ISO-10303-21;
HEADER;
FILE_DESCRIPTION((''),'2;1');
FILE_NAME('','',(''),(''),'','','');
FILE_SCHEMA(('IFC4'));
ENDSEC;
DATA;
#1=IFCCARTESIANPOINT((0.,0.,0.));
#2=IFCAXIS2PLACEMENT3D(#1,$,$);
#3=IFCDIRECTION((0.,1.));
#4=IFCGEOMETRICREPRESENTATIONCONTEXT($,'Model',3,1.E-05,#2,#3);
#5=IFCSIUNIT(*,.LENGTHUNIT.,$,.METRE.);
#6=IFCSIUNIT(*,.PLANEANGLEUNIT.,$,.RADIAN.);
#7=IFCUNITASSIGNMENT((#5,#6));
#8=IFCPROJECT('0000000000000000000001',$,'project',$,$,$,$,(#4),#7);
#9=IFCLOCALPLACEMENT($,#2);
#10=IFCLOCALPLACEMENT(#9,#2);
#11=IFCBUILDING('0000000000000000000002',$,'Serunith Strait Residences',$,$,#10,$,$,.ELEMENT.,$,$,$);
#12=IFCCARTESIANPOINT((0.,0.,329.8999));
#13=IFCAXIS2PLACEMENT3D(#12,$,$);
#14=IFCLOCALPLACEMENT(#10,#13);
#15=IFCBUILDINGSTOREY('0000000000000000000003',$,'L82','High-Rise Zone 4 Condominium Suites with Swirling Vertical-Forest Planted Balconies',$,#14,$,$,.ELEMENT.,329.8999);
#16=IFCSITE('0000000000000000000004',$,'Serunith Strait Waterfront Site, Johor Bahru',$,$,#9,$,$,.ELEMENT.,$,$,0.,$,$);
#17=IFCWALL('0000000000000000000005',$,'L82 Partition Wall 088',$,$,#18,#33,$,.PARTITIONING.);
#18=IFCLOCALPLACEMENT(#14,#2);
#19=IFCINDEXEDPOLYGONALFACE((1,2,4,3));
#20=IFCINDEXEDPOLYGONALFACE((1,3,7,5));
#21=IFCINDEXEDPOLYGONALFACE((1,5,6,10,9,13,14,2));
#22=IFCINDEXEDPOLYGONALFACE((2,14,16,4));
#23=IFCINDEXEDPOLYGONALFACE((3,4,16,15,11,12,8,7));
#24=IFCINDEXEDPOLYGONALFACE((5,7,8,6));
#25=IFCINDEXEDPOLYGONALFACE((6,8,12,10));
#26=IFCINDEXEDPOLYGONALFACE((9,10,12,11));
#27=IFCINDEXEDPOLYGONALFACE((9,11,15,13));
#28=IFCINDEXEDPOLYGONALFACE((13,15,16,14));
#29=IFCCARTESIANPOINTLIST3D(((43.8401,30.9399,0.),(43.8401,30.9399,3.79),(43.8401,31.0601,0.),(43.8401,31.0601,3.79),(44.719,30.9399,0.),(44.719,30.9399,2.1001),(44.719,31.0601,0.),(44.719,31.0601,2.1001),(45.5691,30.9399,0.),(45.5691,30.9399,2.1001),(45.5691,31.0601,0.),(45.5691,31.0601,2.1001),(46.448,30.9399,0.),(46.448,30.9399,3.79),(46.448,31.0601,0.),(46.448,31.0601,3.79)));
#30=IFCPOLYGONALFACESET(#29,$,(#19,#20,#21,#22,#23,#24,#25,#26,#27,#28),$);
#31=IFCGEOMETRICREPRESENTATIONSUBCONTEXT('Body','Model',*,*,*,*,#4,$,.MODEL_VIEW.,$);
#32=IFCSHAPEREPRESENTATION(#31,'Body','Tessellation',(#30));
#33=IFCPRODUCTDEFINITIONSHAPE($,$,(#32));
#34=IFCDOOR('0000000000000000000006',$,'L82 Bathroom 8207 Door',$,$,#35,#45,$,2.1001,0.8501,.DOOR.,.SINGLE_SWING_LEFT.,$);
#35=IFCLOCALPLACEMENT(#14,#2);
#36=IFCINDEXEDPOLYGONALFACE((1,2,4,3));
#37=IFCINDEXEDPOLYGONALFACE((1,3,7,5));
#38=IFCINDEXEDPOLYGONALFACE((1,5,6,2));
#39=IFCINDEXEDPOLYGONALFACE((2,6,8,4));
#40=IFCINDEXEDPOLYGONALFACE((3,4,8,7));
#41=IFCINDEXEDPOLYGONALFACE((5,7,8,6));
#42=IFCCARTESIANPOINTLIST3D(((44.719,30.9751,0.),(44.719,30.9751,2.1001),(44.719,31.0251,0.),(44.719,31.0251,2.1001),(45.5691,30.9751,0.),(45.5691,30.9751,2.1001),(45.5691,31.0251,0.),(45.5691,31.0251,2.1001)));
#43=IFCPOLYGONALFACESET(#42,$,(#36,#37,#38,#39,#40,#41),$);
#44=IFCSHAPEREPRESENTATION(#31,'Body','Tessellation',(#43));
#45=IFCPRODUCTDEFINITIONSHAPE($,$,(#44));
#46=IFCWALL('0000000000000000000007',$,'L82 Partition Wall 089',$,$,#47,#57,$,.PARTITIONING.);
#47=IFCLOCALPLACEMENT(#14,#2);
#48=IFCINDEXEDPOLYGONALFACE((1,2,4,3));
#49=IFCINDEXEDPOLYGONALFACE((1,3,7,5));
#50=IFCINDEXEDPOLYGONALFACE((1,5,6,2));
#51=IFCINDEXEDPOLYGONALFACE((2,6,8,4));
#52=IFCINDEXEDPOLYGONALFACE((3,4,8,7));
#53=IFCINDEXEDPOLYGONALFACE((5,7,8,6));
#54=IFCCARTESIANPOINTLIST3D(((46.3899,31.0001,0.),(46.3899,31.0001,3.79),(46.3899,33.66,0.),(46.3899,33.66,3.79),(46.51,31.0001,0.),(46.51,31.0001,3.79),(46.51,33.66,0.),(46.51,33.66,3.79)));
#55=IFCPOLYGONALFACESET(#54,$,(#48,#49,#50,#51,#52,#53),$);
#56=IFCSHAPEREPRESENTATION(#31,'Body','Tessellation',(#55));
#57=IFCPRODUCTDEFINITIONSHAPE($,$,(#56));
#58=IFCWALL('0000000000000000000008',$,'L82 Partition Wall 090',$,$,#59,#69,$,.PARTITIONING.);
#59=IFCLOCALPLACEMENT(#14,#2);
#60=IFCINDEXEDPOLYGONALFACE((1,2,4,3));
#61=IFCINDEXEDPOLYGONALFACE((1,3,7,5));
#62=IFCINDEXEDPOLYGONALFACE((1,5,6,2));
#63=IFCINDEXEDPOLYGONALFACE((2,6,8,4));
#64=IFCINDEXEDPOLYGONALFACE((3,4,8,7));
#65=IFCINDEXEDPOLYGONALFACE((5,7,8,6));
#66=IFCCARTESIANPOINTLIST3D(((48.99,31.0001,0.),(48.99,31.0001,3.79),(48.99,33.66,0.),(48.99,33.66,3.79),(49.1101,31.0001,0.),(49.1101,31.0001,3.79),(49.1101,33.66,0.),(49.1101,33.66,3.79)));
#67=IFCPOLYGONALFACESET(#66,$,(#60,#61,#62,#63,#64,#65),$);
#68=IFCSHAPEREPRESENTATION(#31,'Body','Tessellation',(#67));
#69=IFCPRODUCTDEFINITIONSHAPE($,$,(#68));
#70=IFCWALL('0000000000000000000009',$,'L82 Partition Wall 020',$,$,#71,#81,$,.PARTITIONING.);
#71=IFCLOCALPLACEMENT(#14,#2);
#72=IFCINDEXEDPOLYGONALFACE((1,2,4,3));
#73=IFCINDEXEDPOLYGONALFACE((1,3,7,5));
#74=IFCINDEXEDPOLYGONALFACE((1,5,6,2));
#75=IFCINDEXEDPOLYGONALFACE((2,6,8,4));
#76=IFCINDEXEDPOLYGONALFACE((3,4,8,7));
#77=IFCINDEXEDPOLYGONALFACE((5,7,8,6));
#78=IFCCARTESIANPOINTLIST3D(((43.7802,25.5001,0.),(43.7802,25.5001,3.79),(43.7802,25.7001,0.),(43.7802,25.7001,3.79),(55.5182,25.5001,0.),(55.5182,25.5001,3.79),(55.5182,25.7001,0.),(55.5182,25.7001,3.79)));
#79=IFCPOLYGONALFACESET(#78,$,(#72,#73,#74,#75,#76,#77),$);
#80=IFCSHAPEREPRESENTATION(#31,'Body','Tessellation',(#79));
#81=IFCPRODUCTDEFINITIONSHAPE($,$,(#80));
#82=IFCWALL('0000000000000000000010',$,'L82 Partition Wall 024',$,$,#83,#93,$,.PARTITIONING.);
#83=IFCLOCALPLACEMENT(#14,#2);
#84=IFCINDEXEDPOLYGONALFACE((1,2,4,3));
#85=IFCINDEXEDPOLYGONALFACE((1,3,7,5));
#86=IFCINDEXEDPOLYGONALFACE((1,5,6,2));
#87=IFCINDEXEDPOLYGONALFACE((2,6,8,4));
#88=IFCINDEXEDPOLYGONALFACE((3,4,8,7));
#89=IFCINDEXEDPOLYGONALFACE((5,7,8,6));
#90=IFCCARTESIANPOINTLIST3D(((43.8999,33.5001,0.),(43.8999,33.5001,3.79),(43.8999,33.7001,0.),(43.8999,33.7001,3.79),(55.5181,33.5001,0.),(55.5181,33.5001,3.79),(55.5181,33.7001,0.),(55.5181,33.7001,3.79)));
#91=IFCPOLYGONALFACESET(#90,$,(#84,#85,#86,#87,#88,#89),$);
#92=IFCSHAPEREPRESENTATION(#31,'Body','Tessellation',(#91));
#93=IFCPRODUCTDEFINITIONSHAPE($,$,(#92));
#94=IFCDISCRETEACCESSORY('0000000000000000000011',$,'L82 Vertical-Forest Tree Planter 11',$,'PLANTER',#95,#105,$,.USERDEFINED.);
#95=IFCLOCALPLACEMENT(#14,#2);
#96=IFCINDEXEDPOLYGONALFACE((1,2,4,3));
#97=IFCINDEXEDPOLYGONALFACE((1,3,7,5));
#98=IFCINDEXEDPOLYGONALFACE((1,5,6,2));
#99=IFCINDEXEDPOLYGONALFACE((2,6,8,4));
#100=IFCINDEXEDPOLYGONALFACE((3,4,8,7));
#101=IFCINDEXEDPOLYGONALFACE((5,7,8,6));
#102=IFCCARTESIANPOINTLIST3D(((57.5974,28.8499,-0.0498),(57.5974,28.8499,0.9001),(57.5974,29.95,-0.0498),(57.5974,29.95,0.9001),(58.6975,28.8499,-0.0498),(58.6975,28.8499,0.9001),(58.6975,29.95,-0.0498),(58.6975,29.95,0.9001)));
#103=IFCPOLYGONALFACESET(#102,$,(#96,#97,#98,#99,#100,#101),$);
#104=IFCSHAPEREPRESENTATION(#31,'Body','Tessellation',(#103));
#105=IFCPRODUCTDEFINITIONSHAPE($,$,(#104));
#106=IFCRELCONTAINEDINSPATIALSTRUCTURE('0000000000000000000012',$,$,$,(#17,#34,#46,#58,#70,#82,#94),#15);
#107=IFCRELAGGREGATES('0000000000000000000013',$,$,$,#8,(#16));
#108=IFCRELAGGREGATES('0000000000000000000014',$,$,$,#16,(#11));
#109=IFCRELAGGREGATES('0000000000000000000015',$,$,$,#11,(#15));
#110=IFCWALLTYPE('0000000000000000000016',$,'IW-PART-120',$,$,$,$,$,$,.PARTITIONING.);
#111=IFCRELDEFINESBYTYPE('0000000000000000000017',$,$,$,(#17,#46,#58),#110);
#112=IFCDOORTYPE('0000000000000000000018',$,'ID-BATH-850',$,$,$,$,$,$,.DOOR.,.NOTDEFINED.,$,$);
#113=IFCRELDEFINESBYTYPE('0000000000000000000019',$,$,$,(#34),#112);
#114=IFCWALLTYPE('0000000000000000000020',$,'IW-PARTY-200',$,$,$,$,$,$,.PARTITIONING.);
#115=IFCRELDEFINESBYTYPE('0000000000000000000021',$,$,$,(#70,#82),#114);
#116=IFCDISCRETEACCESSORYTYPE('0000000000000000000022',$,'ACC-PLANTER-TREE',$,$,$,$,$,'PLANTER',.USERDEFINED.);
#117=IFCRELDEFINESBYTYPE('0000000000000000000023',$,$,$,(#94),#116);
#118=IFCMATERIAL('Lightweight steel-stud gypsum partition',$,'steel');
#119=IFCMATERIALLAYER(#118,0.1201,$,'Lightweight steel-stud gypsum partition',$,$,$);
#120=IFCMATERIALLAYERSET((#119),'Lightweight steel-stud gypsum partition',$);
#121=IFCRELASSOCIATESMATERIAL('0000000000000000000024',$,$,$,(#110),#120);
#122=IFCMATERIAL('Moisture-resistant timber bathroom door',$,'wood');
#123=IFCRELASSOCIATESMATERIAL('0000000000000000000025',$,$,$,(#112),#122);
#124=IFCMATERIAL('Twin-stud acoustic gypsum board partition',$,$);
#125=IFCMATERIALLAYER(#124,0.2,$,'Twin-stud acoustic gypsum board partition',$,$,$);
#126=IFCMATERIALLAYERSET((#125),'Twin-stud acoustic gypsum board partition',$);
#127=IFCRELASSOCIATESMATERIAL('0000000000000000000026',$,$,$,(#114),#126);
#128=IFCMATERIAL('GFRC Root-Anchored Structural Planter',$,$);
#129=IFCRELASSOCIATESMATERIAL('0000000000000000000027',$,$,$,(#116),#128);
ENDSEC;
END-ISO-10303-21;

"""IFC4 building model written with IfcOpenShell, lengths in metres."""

from ifc_helpers import new_model, si_unit, direction, frame, frame_2d, origin, origin_2d, place, context, subcontext, project, spatial, rectangle, extrude, source, transform, mapped, material, layer, layer_set, type_object, element, fill, save


model = new_model("IFC4")

# Units and contexts
model_context = context("Model", 3, precision=1e-05, world=origin(), true_north=direction((0.0, 1.0)))
body_context = subcontext(model_context, "Body", "Model", "MODEL_VIEW")
ifc_project = project(units=[si_unit("LENGTHUNIT", "METRE"), si_unit("PLANEANGLEUNIT", "RADIAN")], contexts=[model_context])

# Site, building, storey
site_placement = place(None, origin())
site = spatial("IfcSite", under=ifc_project, at=site_placement, Name="Serunith Strait Waterfront Site, Johor Bahru", CompositionType="ELEMENT", RefElevation=0.0)
building_placement = place(site_placement, origin())
building = spatial("IfcBuilding", under=site, at=building_placement, Name="Serunith Strait Residences", CompositionType="ELEMENT")
storey_placement = place(building_placement, frame((0.0, 0.0, 329.8999)))
storey = spatial("IfcBuildingStorey", under=building, at=storey_placement, Name="L82", Description="High-Rise Zone 4 Condominium Suites with Swirling Vertical-Forest Planted Balconies", CompositionType="ELEMENT", Elevation=329.8999)

# Wall, opening, door
ifc_material_1 = material(Name="Lightweight steel-stud gypsum partition", Category="steel")
ifc_layer_1 = layer(ifc_material_1, 0.1201, Name="Lightweight steel-stud gypsum partition")
ifc_layer_set_1 = layer_set([ifc_layer_1], Name="Lightweight steel-stud gypsum partition")
wall_type_1 = type_object("IfcWallType", Name="IW-PART-120", PredefinedType="PARTITIONING", material=ifc_layer_set_1)
shared_shape_1 = source(origin(), body_context, "Body", "SweptSolid", [
    extrude(rectangle(XDim=0.8501, YDim=2.1001, at=frame_2d((0.425, 1.05))), frame((0.0, 0.0249, 0.0), z_axis=(0.0, -1.0, 0.0), x_axis=(1.0, 0.0, 0.0)), (0.0, 0.0, 1.0), 0.05),
])
wall_1_placement = place(storey_placement, frame((46.448, 31.0, 0.0), z_axis=(0.0, 0.0, 1.0), x_axis=(-1.0, 0.0, 0.0)))
wall_1 = element("IfcWall", 1, at=wall_1_placement, inside=storey, type_object=wall_type_1, Name="L82 Partition Wall 088", PredefinedType="PARTITIONING", context=body_context, shape_type="SweptSolid", body=[
    extrude(rectangle(XDim=2.6079, YDim=0.1201, at=frame_2d((1.304, 0.0))), origin(), (0.0, 0.0, 1.0), 3.79),
])
opening_1_placement = place(wall_1_placement, frame((0.8789, 0.0, 0.0)))
opening_1 = element("IfcOpeningElement", 2, at=opening_1_placement, cuts=wall_1, PredefinedType="OPENING", context=body_context, shape_type="SweptSolid", body=[
    extrude(rectangle(XDim=0.8501, YDim=2.1001, at=frame_2d((0.425, 1.05))), frame((0.0, 0.0701, 0.0), z_axis=(0.0, -1.0, 0.0), x_axis=(1.0, 0.0, 0.0)), (0.0, 0.0, 1.0), 0.1401),
])
ifc_material_2 = material(Name="Moisture-resistant timber bathroom door", Category="wood")
door_type_1 = type_object("IfcDoorType", Name="ID-BATH-850", OperationType="NOTDEFINED", PredefinedType="DOOR", material=ifc_material_2)
door_1_placement = place(opening_1_placement, origin())
door_1 = element("IfcDoor", 3, at=door_1_placement, inside=storey, type_object=door_type_1, Name="L82 Bathroom 8207 Door", OperationType="SINGLE_SWING_LEFT", OverallHeight=2.1001, OverallWidth=0.8501, PredefinedType="DOOR", context=body_context, shape_type="MappedRepresentation", body=[
    mapped(shared_shape_1, transform((0.0, 0.0, 0.0), scale=1.0)),
])
fill(opening_1, door_1)

# Walls
for number, where, z_axis, x_axis, name in (
    (4, (46.45, 31.0, 0.0), (0.0, 0.0, 1.0), (0.0, 1.0, 0.0), "L82 Partition Wall 089"),
    (5, (49.05, 31.0, 0.0), (0.0, 0.0, 1.0), (0.0, 1.0, 0.0), "L82 Partition Wall 090"),
):
    element("IfcWall", number, at=place(storey_placement, frame(where, z_axis=z_axis, x_axis=x_axis)), inside=storey, type_object=wall_type_1, Name=name, PredefinedType="PARTITIONING", context=body_context, shape_type="SweptSolid", body=[
        extrude(rectangle(XDim=2.6599, YDim=0.1201, at=frame_2d((1.3301, 0.0))), origin(), (0.0, 0.0, 1.0), 3.79),
    ])
ifc_material_3 = material(Name="Twin-stud acoustic gypsum board partition")
ifc_layer_2 = layer(ifc_material_3, 0.2, Name="Twin-stud acoustic gypsum board partition")
ifc_layer_set_2 = layer_set([ifc_layer_2], Name="Twin-stud acoustic gypsum board partition")
wall_type_2 = type_object("IfcWallType", Name="IW-PARTY-200", PredefinedType="PARTITIONING", material=ifc_layer_set_2)
wall_2_placement = place(storey_placement, frame((43.78, 25.6001, 0.0), z_axis=(0.0, 0.0, 1.0), x_axis=(1.0, 0.0, 0.0)))
element("IfcWall", 6, at=wall_2_placement, inside=storey, type_object=wall_type_2, Name="L82 Partition Wall 020", PredefinedType="PARTITIONING", context=body_context, shape_type="SweptSolid", body=[
    extrude(rectangle(XDim=11.738, YDim=0.2, at=frame_2d((5.8691, 0.0))), origin(), (0.0, 0.0, 1.0), 3.79),
])
wall_3_placement = place(storey_placement, frame((43.8999, 33.6001, 0.0), z_axis=(0.0, 0.0, 1.0), x_axis=(1.0, 0.0, 0.0)))
element("IfcWall", 7, at=wall_3_placement, inside=storey, type_object=wall_type_2, Name="L82 Partition Wall 024", PredefinedType="PARTITIONING", context=body_context, shape_type="SweptSolid", body=[
    extrude(rectangle(XDim=11.6182, YDim=0.2, at=frame_2d((5.8091, 0.0))), origin(), (0.0, 0.0, 1.0), 3.79),
])

# Discrete accessory
ifc_material_4 = material(Name="GFRC Root-Anchored Structural Planter")
discrete_accessory_type = type_object("IfcDiscreteAccessoryType", Name="ACC-PLANTER-TREE", ElementType="PLANTER", PredefinedType="USERDEFINED", material=ifc_material_4)
shared_shape_2 = source(origin(), body_context, "Body", "SweptSolid", [
    extrude(rectangle(XDim=1.1001, YDim=1.1001, at=origin_2d()), origin(), (0.0, 0.0, 1.0), 0.95),
])
discrete_accessory_placement = place(storey_placement, frame((58.1475, 29.3999, -0.0498), z_axis=(0.0, 0.0, 1.0), x_axis=(0.0, 1.0, 0.0)))
element("IfcDiscreteAccessory", 8, at=discrete_accessory_placement, inside=storey, type_object=discrete_accessory_type, Name="L82 Vertical-Forest Tree Planter 11", ObjectType="PLANTER", PredefinedType="USERDEFINED", context=body_context, shape_type="MappedRepresentation", body=[
    mapped(shared_shape_2, transform((0.0, 0.0, 0.0), scale=1.0)),
])

save(model, "model.ifc")
